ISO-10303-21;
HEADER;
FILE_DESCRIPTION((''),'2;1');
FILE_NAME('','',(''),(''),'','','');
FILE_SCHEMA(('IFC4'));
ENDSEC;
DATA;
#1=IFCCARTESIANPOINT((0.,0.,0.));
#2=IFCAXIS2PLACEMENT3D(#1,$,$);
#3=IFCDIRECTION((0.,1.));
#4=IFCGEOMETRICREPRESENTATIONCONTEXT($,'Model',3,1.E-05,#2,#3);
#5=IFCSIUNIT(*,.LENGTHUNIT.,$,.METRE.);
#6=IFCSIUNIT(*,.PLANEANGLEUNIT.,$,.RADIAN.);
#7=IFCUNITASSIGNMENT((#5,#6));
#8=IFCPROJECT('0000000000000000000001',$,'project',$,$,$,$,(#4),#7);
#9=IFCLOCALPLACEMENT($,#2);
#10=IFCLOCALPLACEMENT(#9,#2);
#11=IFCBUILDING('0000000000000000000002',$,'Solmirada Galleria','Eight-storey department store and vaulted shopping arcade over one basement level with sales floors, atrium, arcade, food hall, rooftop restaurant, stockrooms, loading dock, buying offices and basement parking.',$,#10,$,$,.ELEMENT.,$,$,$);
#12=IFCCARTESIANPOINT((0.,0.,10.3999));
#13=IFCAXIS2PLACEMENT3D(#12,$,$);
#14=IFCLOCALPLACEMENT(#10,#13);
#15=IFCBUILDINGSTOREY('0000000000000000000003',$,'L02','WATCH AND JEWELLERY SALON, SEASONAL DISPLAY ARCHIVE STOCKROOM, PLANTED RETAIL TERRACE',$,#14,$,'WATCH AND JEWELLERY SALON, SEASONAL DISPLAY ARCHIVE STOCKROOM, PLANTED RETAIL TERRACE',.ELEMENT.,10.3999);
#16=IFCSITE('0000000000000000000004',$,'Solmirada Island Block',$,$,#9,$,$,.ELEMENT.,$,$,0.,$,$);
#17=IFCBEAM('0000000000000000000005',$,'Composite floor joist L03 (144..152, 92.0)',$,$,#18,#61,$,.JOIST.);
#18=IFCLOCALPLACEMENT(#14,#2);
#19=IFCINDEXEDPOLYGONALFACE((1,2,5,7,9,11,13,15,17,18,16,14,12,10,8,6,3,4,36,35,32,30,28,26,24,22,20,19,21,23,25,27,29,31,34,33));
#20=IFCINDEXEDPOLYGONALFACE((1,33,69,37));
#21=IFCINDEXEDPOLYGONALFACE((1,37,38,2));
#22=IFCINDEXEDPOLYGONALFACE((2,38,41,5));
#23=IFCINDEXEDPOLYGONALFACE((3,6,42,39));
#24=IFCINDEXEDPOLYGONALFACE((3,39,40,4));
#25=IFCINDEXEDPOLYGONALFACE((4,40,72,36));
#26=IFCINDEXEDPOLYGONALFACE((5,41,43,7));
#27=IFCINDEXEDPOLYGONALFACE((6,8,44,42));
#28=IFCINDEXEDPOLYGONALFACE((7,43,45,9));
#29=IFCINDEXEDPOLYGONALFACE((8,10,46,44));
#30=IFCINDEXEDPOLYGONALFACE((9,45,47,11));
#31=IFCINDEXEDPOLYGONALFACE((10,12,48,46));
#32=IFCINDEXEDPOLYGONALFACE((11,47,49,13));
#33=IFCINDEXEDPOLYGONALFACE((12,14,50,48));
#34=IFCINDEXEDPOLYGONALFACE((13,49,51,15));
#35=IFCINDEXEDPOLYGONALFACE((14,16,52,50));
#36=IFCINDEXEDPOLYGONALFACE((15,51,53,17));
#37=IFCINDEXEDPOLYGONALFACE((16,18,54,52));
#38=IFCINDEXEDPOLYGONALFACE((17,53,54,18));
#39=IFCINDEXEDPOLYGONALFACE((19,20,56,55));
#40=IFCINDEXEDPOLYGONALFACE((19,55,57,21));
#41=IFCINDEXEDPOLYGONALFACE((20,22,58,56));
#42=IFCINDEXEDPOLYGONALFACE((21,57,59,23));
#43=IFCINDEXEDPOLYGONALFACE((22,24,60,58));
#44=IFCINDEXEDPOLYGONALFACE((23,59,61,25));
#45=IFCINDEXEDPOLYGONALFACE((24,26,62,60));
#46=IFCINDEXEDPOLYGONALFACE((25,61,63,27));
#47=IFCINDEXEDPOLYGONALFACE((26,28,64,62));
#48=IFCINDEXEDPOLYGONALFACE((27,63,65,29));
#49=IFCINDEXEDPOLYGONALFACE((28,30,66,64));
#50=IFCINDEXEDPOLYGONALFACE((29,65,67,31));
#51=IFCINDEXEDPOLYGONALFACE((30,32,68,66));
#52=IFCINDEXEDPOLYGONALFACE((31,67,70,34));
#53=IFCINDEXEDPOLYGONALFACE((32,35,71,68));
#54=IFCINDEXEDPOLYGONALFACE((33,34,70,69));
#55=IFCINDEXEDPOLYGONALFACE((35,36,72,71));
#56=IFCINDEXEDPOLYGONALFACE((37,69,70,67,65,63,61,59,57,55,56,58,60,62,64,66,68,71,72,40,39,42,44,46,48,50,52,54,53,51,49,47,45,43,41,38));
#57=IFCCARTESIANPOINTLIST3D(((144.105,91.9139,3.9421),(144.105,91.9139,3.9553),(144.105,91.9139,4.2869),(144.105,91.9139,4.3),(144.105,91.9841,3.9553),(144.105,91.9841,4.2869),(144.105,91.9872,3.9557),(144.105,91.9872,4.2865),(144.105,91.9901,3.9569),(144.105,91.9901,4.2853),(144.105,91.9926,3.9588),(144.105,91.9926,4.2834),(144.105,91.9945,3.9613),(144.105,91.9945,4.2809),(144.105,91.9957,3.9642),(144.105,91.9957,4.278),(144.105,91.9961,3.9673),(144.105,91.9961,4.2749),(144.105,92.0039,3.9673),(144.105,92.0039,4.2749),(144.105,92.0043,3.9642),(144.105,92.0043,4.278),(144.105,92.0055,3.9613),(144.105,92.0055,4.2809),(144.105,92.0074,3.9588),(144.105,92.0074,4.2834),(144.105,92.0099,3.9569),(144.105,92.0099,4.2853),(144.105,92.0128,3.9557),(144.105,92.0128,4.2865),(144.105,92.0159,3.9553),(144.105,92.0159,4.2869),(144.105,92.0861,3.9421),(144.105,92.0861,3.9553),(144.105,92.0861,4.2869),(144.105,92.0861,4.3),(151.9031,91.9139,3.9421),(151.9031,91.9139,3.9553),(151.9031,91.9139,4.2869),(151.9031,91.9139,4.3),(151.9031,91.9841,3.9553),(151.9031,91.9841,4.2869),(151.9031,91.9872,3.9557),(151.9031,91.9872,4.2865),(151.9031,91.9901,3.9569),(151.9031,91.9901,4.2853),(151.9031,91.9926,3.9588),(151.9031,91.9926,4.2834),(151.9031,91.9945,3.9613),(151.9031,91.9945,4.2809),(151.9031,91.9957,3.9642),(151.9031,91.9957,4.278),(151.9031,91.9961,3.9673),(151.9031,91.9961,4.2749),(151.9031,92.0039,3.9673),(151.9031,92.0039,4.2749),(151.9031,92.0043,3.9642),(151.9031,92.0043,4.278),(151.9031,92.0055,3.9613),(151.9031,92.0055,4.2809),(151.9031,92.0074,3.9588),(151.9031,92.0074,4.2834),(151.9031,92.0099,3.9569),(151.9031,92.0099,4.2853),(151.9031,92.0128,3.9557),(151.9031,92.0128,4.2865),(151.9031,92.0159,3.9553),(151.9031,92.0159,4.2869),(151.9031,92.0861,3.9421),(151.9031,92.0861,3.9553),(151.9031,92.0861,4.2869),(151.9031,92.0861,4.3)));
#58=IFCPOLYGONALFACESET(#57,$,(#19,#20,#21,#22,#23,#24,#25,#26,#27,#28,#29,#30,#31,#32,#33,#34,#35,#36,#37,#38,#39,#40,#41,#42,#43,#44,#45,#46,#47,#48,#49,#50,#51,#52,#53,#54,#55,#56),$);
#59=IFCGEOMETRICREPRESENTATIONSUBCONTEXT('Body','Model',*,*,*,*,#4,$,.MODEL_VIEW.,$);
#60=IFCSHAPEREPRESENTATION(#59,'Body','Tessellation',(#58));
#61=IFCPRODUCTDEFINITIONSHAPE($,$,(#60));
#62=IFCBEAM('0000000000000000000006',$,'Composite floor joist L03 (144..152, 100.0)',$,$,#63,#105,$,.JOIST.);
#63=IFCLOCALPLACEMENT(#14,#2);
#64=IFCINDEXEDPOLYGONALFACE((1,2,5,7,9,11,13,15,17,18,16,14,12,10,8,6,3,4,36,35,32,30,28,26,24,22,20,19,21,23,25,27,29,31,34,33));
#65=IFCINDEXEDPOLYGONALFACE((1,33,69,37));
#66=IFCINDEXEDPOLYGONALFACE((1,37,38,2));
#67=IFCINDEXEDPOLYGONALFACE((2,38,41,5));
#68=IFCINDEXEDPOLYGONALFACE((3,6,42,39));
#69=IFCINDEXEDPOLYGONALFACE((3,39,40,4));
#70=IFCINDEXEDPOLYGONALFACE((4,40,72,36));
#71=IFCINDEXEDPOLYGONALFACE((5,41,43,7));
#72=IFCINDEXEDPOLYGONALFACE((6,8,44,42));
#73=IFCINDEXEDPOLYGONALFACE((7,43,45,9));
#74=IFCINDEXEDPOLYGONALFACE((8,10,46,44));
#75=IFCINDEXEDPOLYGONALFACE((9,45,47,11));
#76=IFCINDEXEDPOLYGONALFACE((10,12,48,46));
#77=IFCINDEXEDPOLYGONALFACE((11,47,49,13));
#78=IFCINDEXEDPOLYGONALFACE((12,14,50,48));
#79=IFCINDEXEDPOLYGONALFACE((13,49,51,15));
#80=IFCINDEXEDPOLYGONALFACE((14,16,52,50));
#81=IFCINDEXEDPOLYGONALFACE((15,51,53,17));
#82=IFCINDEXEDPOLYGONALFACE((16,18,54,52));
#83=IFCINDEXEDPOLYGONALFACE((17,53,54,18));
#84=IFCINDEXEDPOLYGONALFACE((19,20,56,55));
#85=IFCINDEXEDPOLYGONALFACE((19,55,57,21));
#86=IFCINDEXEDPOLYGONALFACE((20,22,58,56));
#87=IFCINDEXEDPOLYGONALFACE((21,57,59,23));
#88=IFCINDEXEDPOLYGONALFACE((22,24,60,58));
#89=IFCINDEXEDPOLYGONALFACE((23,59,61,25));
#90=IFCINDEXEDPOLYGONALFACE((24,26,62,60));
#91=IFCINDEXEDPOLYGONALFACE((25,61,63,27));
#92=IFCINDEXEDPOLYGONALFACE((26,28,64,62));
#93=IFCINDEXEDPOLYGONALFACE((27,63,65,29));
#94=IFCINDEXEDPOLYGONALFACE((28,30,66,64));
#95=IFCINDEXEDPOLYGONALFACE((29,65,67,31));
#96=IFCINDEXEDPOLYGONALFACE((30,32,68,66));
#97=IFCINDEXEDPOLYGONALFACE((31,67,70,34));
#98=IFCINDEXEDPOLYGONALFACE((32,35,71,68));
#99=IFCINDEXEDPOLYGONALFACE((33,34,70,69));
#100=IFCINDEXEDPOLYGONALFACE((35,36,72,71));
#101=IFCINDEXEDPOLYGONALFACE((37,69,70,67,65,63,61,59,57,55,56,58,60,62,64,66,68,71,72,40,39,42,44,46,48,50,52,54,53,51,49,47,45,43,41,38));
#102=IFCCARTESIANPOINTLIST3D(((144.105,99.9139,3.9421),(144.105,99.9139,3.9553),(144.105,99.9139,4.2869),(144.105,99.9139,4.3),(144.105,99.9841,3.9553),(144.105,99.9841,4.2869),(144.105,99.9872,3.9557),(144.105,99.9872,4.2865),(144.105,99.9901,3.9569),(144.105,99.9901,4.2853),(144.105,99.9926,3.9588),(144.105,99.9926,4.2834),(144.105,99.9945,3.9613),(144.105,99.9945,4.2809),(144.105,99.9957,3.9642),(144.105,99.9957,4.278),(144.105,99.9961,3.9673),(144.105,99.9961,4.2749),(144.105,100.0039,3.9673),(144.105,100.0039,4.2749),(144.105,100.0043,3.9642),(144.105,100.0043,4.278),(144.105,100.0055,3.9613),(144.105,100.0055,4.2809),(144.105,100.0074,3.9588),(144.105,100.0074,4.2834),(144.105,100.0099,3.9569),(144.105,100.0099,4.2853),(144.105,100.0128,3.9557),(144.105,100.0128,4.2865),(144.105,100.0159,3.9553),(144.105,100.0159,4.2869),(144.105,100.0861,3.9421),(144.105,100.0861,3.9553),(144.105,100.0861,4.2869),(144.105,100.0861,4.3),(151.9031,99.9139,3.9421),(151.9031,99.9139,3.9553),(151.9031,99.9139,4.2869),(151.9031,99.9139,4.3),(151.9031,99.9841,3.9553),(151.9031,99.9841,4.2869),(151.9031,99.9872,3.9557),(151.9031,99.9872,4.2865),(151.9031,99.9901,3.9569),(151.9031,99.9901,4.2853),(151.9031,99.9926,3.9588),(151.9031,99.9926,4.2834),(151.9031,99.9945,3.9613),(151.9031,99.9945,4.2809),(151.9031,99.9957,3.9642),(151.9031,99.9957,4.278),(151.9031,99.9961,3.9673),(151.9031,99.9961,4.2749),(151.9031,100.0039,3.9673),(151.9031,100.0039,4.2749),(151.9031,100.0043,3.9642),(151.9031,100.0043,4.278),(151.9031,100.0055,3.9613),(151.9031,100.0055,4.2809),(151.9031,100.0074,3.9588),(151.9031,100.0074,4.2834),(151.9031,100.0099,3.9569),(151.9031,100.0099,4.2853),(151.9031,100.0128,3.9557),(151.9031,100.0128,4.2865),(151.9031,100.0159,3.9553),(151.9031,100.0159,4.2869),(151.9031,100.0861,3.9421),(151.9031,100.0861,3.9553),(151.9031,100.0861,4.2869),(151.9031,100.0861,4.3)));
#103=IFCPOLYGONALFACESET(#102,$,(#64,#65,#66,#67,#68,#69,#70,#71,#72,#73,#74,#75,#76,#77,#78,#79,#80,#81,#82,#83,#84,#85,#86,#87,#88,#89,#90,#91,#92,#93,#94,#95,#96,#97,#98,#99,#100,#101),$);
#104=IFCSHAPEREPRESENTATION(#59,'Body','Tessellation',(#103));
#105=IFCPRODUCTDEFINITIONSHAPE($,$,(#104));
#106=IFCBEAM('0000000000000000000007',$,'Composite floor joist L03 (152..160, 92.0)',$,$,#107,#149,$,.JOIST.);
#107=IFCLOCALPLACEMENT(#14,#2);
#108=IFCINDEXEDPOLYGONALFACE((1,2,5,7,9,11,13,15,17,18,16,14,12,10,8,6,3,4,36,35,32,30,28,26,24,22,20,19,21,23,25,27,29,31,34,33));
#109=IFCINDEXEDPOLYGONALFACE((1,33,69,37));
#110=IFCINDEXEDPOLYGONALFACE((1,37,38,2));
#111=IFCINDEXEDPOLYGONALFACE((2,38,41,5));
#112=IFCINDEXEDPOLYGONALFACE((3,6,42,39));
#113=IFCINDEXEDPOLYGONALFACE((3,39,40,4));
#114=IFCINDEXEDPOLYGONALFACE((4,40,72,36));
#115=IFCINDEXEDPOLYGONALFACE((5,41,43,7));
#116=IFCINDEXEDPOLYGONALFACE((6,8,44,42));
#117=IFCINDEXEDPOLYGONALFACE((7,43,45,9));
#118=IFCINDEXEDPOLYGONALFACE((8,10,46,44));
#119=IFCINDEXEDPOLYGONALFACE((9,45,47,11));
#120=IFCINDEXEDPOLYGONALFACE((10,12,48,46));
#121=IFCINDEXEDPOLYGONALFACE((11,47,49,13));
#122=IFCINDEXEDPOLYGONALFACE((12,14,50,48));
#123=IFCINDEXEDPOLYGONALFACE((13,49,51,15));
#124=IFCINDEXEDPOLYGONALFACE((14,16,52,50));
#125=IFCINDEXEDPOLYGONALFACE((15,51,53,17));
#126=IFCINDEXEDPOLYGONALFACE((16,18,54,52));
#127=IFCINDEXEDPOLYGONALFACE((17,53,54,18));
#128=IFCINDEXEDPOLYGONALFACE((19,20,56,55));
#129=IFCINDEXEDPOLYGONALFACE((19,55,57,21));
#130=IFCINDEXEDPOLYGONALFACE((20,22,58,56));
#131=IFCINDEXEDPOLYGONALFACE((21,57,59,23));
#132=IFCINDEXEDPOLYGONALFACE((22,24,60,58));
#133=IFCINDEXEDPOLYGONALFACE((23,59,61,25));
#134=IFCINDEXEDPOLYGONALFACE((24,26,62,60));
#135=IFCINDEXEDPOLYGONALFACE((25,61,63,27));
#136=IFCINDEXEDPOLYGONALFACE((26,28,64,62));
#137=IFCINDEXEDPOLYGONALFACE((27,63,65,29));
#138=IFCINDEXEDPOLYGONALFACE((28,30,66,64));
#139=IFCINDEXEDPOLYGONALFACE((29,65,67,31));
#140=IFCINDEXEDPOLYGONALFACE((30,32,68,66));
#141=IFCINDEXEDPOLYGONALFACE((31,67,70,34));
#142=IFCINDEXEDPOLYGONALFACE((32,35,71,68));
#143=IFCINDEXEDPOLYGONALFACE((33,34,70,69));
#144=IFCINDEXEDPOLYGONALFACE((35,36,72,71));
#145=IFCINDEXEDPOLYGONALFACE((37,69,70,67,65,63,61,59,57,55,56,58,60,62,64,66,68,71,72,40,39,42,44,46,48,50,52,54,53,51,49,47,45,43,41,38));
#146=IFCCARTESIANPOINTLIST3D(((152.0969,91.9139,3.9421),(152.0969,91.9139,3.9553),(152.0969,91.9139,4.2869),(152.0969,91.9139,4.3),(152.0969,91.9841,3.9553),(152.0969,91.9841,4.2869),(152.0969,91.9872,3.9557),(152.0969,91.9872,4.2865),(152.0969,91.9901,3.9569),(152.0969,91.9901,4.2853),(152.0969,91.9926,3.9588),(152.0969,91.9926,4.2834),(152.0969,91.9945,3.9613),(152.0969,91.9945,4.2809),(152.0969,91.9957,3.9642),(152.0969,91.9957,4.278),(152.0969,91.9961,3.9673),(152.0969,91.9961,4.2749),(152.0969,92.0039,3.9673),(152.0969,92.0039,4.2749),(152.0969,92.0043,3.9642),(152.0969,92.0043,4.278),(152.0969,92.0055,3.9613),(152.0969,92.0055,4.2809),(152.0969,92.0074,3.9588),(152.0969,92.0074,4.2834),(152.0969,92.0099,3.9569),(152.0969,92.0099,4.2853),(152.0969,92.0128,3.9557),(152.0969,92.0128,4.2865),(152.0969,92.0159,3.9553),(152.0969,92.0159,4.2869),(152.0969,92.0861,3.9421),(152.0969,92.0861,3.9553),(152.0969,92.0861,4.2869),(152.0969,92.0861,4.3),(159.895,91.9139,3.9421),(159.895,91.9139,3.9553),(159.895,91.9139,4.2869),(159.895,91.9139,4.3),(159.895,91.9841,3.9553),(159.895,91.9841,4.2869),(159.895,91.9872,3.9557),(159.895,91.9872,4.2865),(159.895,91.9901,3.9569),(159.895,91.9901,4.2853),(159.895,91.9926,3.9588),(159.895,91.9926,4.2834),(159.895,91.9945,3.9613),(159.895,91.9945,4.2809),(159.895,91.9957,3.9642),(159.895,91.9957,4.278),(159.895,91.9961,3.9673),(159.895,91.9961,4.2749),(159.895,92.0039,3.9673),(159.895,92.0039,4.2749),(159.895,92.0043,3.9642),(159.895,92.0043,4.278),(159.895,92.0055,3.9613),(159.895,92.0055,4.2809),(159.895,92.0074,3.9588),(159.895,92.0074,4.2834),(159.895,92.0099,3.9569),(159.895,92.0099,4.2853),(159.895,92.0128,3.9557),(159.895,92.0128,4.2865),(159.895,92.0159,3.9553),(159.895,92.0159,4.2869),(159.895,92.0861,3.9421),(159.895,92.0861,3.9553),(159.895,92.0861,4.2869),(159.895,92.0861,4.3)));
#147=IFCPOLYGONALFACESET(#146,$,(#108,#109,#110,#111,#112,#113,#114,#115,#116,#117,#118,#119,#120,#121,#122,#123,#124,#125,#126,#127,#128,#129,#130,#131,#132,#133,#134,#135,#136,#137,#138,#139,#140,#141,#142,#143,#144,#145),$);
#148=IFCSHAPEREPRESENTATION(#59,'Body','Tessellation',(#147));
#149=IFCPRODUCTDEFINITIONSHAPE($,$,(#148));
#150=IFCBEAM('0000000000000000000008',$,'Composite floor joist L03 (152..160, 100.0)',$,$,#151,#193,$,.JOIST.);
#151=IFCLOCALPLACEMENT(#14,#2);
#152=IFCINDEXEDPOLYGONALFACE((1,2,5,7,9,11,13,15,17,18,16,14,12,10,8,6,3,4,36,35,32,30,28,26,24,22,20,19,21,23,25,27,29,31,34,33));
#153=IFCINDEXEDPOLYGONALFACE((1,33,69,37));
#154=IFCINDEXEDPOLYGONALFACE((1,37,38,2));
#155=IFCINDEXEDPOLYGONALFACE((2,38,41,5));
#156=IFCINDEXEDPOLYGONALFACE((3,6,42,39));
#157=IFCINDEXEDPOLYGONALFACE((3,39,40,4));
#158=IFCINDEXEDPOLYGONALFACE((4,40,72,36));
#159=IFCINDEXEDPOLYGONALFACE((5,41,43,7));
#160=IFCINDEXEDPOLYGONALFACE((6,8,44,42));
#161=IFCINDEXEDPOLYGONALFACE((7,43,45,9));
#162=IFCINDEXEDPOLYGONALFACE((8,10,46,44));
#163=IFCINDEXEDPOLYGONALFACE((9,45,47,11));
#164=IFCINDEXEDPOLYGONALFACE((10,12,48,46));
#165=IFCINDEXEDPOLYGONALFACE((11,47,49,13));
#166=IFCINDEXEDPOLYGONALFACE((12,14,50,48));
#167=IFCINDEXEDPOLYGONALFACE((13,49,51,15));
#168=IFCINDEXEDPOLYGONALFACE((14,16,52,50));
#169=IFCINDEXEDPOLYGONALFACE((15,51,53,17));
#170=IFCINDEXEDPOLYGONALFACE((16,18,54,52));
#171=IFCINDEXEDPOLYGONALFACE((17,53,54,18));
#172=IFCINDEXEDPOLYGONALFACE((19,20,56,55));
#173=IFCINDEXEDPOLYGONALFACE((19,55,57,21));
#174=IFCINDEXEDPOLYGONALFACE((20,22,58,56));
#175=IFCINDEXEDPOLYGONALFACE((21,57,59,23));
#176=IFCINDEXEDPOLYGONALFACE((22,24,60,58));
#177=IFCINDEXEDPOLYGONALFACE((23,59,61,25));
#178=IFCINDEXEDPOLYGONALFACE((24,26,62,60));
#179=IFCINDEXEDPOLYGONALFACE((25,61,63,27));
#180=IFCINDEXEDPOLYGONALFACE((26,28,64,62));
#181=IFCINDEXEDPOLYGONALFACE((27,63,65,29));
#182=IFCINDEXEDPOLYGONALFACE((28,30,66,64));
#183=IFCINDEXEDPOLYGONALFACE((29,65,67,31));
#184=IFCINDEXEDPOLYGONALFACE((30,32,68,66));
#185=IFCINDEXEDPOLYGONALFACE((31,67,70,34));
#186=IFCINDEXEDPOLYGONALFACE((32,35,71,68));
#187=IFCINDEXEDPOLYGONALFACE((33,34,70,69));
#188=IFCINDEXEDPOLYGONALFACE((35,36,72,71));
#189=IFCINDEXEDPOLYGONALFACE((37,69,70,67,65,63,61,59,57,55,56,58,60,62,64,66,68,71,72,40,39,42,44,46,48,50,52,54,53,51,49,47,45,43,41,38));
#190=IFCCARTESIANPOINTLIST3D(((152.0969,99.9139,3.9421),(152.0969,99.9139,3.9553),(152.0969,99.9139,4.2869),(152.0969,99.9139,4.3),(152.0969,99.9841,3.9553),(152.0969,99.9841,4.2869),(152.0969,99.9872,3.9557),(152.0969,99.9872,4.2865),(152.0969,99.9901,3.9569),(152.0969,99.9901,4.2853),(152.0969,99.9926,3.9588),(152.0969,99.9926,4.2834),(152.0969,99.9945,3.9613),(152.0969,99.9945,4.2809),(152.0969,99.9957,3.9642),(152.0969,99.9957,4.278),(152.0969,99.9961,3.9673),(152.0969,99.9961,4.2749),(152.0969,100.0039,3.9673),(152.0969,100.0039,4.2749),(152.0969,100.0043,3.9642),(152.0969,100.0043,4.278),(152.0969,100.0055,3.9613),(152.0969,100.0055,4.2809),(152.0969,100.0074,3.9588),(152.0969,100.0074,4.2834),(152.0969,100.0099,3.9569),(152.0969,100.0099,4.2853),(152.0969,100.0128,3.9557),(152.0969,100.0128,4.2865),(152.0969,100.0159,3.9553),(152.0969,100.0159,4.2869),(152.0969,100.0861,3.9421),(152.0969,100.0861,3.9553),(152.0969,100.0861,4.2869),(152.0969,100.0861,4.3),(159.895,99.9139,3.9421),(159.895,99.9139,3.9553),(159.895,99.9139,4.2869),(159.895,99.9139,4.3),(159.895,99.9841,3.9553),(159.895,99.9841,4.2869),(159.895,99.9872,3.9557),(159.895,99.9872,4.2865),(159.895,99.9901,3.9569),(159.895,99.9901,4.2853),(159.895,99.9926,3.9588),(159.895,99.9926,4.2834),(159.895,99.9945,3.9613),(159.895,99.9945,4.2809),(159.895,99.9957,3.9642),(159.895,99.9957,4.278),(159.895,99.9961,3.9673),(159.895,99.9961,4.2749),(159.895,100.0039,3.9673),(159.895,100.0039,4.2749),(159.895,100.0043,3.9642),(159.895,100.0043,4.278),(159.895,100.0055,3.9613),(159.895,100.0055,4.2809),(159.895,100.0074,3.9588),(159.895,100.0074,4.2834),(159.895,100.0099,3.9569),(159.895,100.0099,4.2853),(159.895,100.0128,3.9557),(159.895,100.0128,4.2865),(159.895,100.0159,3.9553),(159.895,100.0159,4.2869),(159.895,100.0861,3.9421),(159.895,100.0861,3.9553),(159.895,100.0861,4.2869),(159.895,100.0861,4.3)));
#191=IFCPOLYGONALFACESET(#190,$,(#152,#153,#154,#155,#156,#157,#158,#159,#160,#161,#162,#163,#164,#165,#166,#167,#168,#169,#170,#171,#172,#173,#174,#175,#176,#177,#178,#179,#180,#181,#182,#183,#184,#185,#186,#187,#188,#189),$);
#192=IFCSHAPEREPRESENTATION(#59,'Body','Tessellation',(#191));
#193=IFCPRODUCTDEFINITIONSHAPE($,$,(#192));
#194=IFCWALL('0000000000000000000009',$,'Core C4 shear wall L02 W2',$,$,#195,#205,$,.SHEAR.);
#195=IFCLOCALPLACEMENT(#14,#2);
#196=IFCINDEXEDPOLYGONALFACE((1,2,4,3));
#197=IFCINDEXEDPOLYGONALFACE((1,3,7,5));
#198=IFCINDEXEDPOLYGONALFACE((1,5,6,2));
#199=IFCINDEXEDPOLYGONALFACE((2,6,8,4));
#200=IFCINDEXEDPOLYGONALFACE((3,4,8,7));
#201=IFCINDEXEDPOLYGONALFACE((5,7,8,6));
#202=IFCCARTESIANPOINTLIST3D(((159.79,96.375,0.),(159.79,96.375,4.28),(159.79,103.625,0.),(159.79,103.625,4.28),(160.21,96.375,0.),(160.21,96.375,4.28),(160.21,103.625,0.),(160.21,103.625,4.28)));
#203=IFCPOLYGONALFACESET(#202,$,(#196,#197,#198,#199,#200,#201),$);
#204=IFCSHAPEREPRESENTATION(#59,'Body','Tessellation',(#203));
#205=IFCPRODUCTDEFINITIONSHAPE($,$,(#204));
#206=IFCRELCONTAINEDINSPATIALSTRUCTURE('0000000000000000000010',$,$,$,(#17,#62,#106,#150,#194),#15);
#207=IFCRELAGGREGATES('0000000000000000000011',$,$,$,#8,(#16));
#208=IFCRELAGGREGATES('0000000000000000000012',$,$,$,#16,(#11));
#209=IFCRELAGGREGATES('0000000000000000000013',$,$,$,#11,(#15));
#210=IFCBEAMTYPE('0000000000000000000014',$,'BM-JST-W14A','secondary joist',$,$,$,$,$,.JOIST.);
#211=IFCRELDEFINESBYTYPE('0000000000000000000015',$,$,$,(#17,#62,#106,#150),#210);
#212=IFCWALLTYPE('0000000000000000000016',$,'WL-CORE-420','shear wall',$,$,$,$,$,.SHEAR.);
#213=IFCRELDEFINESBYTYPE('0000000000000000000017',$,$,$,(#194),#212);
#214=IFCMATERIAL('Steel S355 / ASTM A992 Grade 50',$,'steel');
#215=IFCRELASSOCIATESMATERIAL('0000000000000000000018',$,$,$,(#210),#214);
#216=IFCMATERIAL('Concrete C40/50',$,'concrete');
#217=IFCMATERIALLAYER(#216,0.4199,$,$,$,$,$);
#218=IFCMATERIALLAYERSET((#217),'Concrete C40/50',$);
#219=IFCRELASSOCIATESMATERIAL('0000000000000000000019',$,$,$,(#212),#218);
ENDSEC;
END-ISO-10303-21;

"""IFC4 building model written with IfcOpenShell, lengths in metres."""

from ifc_helpers import new_model, si_unit, direction, frame, frame_2d, origin, origin_2d, place, context, subcontext, project, spatial, rectangle, i_section, extrude, material, layer, layer_set, material_profile, profile_set, type_object, element, save


model = new_model("IFC4")

# Units and contexts
model_context = context("Model", 3, precision=1e-05, world=origin(), true_north=direction((0.0, 1.0)))
body_context = subcontext(model_context, "Body", "Model", "MODEL_VIEW")
ifc_project = project(units=[si_unit("LENGTHUNIT", "METRE"), si_unit("PLANEANGLEUNIT", "RADIAN")], contexts=[model_context])

# Site, building, storey
site_placement = place(None, origin())
site = spatial("IfcSite", under=ifc_project, at=site_placement, Name="Solmirada Island Block", CompositionType="ELEMENT", RefElevation=0.0)
building_placement = place(site_placement, origin())
building = spatial("IfcBuilding", under=site, at=building_placement, Name="Solmirada Galleria", Description="Eight-storey department store and vaulted shopping arcade over one basement level with sales floors, atrium, arcade, food hall, rooftop restaurant, stockrooms, loading dock, buying offices and basement parking.", CompositionType="ELEMENT")
storey_placement = place(building_placement, frame((0.0, 0.0, 10.3999)))
storey = spatial("IfcBuildingStorey", under=building, at=storey_placement, Name="L02", Description="WATCH AND JEWELLERY SALON, SEASONAL DISPLAY ARCHIVE STOCKROOM, PLANTED RETAIL TERRACE", LongName="WATCH AND JEWELLERY SALON, SEASONAL DISPLAY ARCHIVE STOCKROOM, PLANTED RETAIL TERRACE", CompositionType="ELEMENT", Elevation=10.3999)

# Shared definitions
ifc_material_1 = material(Name="Concrete C40/50", Category="concrete")

# Beams
ifc_material_2 = material(Name="Steel S355 / ASTM A992 Grade 50", Category="steel")
ifc_material_profile_1 = material_profile(ifc_material_2, i_section(OverallWidth=0.1721, OverallDepth=0.3579, WebThickness=0.0078, FlangeThickness=0.0132, FilletRadius=0.012, at=origin_2d()), Name="W14X38")
ifc_profile_set_1 = profile_set([ifc_material_profile_1], Name="Steel S355 / ASTM A992 Grade 50")
beam_type_1 = type_object("IfcBeamType", Name="BM-JST-W14A", Description="secondary joist", PredefinedType="JOIST", material=ifc_profile_set_1)
for number, where, z_axis, x_axis, name in (
    (1, (144.105, 92.0, 4.1211), (1.0, 0.0, 0.0), (0.0, 1.0, 0.0), "Composite floor joist L03 (144..152, 92.0)"),
    (2, (144.105, 100.0, 4.1211), (1.0, 0.0, 0.0), (0.0, 1.0, 0.0), "Composite floor joist L03 (144..152, 100.0)"),
    (3, (152.0969, 92.0, 4.1211), (1.0, 0.0, 0.0), (0.0, 1.0, 0.0), "Composite floor joist L03 (152..160, 92.0)"),
    (4, (152.0969, 100.0, 4.1211), (1.0, 0.0, 0.0), (0.0, 1.0, 0.0), "Composite floor joist L03 (152..160, 100.0)"),
):
    element("IfcBeam", number, at=place(storey_placement, frame(where, z_axis=z_axis, x_axis=x_axis)), inside=storey, type_object=beam_type_1, Name=name, PredefinedType="JOIST", context=body_context, shape_type="SweptSolid", body=[
        extrude(i_section(OverallWidth=0.1721, OverallDepth=0.3579, WebThickness=0.0078, FlangeThickness=0.0132, FilletRadius=0.012, at=origin_2d()), origin(), (0.0, 0.0, 1.0), 7.7981),
    ])

# Wall
ifc_layer_1 = layer(ifc_material_1, 0.4199)
ifc_layer_set_1 = layer_set([ifc_layer_1], Name="Concrete C40/50")
wall_type_1 = type_object("IfcWallType", Name="WL-CORE-420", Description="shear wall", PredefinedType="SHEAR", material=ifc_layer_set_1)
wall_1_placement = place(storey_placement, frame((160.0, 96.375, 0.0), z_axis=(0.0, 0.0, 1.0), x_axis=(0.0, 1.0, 0.0)))
element("IfcWall", 5, at=wall_1_placement, inside=storey, type_object=wall_type_1, Name="Core C4 shear wall L02 W2", PredefinedType="SHEAR", context=body_context, shape_type="SweptSolid", body=[
    extrude(rectangle(XDim=7.25, YDim=0.4199, at=frame_2d((3.625, 0.0))), origin(), (0.0, 0.0, 1.0), 4.28),
])

save(model, "model.ifc")
